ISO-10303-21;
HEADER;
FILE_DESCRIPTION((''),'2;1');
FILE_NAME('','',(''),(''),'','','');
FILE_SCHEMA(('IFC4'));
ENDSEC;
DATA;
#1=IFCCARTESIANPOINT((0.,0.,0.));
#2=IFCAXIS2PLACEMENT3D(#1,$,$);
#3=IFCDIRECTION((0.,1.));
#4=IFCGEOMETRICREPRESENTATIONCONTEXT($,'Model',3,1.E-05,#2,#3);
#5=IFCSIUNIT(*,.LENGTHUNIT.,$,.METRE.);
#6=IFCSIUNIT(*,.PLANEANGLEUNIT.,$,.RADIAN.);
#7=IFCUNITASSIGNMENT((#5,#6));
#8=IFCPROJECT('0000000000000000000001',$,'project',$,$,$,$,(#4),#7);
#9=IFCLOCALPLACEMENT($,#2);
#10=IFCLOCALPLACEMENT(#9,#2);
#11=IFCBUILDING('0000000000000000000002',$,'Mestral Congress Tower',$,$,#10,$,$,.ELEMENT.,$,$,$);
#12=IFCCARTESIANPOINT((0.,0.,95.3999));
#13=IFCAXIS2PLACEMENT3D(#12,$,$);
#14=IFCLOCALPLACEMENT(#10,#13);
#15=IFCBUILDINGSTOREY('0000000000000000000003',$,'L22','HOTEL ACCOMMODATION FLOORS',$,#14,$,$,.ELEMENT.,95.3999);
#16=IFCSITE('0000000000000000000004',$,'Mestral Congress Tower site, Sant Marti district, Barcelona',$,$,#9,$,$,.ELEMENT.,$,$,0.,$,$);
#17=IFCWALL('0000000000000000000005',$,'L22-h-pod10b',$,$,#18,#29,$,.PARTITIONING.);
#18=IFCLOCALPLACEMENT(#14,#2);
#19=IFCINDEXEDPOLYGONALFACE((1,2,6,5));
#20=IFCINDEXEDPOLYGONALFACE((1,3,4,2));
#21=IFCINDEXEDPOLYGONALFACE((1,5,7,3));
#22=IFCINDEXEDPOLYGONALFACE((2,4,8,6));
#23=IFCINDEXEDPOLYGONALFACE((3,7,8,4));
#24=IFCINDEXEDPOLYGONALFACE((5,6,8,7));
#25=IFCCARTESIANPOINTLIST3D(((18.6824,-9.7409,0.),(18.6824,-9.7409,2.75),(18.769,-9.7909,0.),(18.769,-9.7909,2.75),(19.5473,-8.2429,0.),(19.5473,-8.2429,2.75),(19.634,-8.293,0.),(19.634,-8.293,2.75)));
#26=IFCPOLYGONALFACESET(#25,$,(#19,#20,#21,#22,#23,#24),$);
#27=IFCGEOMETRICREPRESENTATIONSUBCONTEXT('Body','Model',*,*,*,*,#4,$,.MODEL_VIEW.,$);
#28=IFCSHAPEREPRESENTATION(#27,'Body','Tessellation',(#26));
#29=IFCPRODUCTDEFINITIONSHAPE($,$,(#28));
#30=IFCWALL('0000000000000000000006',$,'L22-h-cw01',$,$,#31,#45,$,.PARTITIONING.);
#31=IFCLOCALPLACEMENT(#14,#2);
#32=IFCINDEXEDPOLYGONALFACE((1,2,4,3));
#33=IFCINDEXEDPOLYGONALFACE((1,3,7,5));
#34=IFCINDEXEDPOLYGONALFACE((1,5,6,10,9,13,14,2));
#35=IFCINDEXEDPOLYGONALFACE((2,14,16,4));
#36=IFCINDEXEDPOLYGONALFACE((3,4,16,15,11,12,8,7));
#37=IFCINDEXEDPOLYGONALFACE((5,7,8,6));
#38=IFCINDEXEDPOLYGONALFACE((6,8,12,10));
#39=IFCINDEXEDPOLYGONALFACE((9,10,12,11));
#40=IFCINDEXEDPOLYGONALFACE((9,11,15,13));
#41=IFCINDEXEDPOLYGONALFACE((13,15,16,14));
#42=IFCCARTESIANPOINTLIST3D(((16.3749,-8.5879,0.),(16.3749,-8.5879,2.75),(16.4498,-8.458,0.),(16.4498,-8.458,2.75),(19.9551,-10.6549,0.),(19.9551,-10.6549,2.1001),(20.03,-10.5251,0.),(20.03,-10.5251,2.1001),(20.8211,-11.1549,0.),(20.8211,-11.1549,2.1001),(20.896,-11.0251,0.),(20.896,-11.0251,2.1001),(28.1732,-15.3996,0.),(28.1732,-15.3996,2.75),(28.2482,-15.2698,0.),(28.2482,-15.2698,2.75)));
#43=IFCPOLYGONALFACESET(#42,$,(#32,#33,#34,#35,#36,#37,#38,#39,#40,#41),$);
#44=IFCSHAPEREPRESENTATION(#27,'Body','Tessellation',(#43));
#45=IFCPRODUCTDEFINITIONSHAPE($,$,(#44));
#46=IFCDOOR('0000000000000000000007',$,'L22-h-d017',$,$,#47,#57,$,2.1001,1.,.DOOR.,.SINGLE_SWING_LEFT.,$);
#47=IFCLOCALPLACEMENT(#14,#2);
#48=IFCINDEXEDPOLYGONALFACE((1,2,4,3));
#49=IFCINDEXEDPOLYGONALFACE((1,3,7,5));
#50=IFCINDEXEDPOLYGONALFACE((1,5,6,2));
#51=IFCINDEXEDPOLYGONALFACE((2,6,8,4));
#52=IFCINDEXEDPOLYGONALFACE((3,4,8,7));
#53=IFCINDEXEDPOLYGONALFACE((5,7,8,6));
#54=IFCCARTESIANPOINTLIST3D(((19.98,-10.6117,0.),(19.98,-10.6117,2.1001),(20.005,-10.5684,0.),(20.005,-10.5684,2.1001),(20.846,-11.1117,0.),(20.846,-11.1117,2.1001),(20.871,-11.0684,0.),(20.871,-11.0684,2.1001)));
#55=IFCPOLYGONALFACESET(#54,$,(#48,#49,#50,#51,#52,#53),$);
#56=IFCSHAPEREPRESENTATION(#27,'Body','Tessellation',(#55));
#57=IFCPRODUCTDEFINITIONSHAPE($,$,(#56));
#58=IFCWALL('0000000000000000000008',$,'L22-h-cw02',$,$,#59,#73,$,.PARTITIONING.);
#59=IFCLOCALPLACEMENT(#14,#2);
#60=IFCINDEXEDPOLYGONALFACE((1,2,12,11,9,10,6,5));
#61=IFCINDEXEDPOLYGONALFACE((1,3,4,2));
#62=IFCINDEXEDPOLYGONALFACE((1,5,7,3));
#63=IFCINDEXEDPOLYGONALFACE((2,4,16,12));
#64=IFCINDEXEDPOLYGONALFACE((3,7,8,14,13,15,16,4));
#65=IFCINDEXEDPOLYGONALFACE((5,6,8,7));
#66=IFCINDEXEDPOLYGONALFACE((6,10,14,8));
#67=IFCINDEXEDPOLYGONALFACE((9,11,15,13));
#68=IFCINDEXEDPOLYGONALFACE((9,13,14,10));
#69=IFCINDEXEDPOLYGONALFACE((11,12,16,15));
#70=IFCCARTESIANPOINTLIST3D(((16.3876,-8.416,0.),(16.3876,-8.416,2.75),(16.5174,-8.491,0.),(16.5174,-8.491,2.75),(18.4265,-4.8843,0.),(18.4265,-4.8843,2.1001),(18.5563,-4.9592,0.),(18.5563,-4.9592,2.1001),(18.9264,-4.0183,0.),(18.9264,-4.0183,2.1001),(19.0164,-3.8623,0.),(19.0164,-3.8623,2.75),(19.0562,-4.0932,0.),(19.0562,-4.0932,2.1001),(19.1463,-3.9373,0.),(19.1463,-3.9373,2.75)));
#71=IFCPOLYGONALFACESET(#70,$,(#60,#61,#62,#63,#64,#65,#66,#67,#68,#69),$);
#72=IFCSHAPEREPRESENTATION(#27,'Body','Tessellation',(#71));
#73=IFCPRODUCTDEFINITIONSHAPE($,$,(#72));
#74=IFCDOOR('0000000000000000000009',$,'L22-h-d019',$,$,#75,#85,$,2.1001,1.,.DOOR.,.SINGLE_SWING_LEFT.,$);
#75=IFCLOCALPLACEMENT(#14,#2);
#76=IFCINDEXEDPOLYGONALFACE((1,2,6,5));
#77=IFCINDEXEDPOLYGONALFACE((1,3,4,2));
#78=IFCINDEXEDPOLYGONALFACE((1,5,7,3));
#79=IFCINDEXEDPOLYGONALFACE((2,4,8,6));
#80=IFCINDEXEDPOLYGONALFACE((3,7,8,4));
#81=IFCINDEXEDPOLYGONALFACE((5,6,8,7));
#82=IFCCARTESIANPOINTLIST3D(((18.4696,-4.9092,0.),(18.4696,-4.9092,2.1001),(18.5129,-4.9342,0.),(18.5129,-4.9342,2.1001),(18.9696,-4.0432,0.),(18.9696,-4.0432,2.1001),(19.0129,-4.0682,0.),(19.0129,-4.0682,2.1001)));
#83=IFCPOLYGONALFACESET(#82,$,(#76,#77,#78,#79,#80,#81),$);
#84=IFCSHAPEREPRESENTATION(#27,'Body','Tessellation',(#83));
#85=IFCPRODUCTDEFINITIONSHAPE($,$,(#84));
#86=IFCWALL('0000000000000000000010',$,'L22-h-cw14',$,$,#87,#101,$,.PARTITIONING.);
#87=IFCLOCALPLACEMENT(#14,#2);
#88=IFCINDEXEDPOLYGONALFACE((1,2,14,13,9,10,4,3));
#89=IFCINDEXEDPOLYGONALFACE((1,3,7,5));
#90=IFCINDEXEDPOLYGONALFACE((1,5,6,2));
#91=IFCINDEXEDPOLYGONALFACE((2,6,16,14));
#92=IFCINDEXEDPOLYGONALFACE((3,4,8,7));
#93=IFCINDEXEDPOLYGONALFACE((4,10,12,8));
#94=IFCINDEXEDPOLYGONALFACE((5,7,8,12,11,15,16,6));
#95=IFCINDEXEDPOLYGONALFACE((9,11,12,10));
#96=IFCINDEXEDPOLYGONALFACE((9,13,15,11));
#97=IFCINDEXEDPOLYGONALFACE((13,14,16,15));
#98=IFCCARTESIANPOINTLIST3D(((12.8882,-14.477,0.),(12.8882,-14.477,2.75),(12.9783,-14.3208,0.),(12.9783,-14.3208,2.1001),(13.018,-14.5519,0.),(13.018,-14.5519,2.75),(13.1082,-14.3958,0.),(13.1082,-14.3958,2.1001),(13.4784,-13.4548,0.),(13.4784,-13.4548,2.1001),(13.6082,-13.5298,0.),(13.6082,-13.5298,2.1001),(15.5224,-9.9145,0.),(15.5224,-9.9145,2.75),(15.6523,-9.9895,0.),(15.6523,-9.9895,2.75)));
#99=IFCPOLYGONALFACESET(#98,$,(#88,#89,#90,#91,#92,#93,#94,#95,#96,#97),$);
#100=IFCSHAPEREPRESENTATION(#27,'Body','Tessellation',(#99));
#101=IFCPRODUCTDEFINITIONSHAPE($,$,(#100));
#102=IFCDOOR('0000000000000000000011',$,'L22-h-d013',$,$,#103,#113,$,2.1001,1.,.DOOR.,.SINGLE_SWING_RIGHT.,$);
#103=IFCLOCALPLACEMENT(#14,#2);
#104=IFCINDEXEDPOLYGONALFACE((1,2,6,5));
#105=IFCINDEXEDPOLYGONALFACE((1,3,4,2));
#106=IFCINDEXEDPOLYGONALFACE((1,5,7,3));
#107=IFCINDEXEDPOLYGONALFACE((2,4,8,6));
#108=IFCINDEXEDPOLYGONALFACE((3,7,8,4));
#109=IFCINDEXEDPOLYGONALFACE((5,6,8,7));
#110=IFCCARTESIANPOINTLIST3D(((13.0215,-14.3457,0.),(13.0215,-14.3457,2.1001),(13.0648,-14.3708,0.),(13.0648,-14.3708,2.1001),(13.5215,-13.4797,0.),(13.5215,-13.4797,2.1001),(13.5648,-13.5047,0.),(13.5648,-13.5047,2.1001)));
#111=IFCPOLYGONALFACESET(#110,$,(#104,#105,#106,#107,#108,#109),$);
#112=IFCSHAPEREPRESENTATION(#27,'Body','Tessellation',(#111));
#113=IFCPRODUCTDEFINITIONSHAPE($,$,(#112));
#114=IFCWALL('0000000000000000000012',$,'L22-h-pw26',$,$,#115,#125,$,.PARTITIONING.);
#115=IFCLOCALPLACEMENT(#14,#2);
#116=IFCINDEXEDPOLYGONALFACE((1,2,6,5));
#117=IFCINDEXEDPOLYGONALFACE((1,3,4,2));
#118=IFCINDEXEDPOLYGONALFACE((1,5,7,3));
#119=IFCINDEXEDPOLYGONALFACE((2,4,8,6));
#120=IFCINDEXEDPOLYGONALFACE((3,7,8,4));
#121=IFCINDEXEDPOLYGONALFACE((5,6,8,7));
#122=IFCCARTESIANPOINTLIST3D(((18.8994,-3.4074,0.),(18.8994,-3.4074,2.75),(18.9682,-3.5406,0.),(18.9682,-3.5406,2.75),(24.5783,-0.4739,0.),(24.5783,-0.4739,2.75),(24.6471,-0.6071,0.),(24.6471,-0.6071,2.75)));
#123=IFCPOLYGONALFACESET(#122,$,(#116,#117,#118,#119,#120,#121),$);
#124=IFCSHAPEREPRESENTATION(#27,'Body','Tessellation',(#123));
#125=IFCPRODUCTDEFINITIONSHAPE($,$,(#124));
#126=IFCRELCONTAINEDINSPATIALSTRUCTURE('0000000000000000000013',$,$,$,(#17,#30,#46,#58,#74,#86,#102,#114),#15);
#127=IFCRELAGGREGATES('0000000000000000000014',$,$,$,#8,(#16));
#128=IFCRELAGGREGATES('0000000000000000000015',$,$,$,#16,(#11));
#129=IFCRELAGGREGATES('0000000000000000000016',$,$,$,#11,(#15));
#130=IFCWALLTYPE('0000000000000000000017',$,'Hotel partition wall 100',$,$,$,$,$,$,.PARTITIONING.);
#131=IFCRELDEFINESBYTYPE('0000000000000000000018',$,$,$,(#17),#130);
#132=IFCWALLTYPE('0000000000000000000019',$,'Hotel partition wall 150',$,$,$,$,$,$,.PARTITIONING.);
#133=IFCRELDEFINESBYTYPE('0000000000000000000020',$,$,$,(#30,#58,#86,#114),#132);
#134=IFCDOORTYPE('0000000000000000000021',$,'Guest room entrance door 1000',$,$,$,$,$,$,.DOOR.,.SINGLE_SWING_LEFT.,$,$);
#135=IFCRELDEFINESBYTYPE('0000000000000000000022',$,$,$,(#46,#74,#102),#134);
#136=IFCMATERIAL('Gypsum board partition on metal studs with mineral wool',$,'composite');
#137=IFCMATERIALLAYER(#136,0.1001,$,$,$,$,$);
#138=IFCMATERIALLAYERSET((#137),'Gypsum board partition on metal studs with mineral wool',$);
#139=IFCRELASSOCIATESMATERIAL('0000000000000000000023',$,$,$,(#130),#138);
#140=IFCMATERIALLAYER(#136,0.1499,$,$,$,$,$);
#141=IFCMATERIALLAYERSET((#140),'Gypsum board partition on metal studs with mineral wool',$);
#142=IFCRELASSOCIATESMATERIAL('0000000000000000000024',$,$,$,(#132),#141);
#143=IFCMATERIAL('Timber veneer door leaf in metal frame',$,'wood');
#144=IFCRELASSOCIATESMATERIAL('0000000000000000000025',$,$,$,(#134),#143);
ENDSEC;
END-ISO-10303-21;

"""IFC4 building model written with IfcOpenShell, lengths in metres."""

from ifc_helpers import new_model, si_unit, direction, frame, frame_2d, origin, place, context, subcontext, project, spatial, rectangle, extrude, material, layer, layer_set, type_object, element, fill, save


model = new_model("IFC4")

# Units and contexts
model_context = context("Model", 3, precision=1e-05, world=origin(), true_north=direction((0.0, 1.0)))
body_context = subcontext(model_context, "Body", "Model", "MODEL_VIEW")
ifc_project = project(units=[si_unit("LENGTHUNIT", "METRE"), si_unit("PLANEANGLEUNIT", "RADIAN")], contexts=[model_context])

# Site, building, storey
site_placement = place(None, origin())
site = spatial("IfcSite", under=ifc_project, at=site_placement, Name="Mestral Congress Tower site, Sant Marti district, Barcelona", CompositionType="ELEMENT", RefElevation=0.0)
building_placement = place(site_placement, origin())
building = spatial("IfcBuilding", under=site, at=building_placement, Name="Mestral Congress Tower", CompositionType="ELEMENT")
storey_placement = place(building_placement, frame((0.0, 0.0, 95.3999)))
storey = spatial("IfcBuildingStorey", under=building, at=storey_placement, Name="L22", Description="HOTEL ACCOMMODATION FLOORS", CompositionType="ELEMENT", Elevation=95.3999)

# Shared definitions
ifc_material_1 = material(Name="Gypsum board partition on metal studs with mineral wool", Category="composite")
ifc_layer_1 = layer(ifc_material_1, 0.1001)
ifc_layer_set_1 = layer_set([ifc_layer_1], Name="Gypsum board partition on metal studs with mineral wool")
wall_type_1 = type_object("IfcWallType", Name="Hotel partition wall 100", PredefinedType="PARTITIONING", material=ifc_layer_set_1)

# Wall
wall_1_placement = place(storey_placement, frame((19.5906, -8.2681, 0.0), z_axis=(0.0, 0.0, 1.0), x_axis=(-0.50004, -0.866002, 0.0)))
element("IfcWall", 1, at=wall_1_placement, inside=storey, type_object=wall_type_1, Name="L22-h-pod10b", PredefinedType="PARTITIONING", context=body_context, shape_type="SweptSolid", body=[
    extrude(rectangle(XDim=1.7297, YDim=0.1001, at=frame_2d((0.8647, 0.0))), origin(), (0.0, 0.0, 1.0), 2.75),
])

# Walls, openings, doors
ifc_layer_2 = layer(ifc_material_1, 0.1499)
ifc_layer_set_2 = layer_set([ifc_layer_2], Name="Gypsum board partition on metal studs with mineral wool")
wall_type_2 = type_object("IfcWallType", Name="Hotel partition wall 150", PredefinedType="PARTITIONING", material=ifc_layer_set_2)
wall_2_placement = place(storey_placement, frame((16.4124, -8.5229, 0.0), z_axis=(0.0, 0.0, 1.0), x_axis=(0.866026, -0.5, 0.0)))
wall_2 = element("IfcWall", 2, at=wall_2_placement, inside=storey, type_object=wall_type_2, Name="L22-h-cw01", PredefinedType="PARTITIONING", context=body_context, shape_type="SweptSolid", body=[
    extrude(rectangle(XDim=13.6235, YDim=0.1499, at=frame_2d((6.8118, 0.0))), origin(), (0.0, 0.0, 1.0), 2.75),
])
opening_1_placement = place(wall_2_placement, frame((4.134, 0.0, 0.0)))
opening_1 = element("IfcOpeningElement", 3, at=opening_1_placement, cuts=wall_2, PredefinedType="OPENING", context=body_context, shape_type="SweptSolid", body=[
    extrude(rectangle(XDim=1.0, YDim=2.1001, at=frame_2d((0.5, 1.05))), frame((0.0, 0.085, 0.0), z_axis=(0.0, -1.0, 0.0), x_axis=(1.0, 0.0, 0.0)), (0.0, 0.0, 1.0), 0.1699),
])
ifc_material_2 = material(Name="Timber veneer door leaf in metal frame", Category="wood")
door_type_1 = type_object("IfcDoorType", Name="Guest room entrance door 1000", OperationType="SINGLE_SWING_LEFT", PredefinedType="DOOR", material=ifc_material_2)
door_1_placement = place(opening_1_placement, origin())
door_1 = element("IfcDoor", 4, at=door_1_placement, inside=storey, type_object=door_type_1, Name="L22-h-d017", OperationType="SINGLE_SWING_LEFT", OverallHeight=2.1001, OverallWidth=1.0, PredefinedType="DOOR", context=body_context, shape_type="SweptSolid", body=[
    extrude(rectangle(XDim=1.0, YDim=2.1001, at=frame_2d((0.5, 1.05))), frame((0.0, 0.0249, 0.0), z_axis=(0.0, -1.0, 0.0), x_axis=(1.0, 0.0, 0.0)), (0.0, 0.0, 1.0), 0.05),
])
fill(opening_1, door_1)
wall_3_placement = place(storey_placement, frame((19.0813, -3.8999, 0.0), z_axis=(0.0, 0.0, 1.0), x_axis=(-0.499974, -0.86604, 0.0)))
wall_3 = element("IfcWall", 5, at=wall_3_placement, inside=storey, type_object=wall_type_2, Name="L22-h-cw02", PredefinedType="PARTITIONING", context=body_context, shape_type="SweptSolid", body=[
    extrude(rectangle(XDim=5.2581, YDim=0.1499, at=frame_2d((2.6289, 0.0))), origin(), (0.0, 0.0, 1.0), 2.75),
])
opening_2_placement = place(wall_3_placement, frame((0.1799, 0.0, 0.0)))
opening_2 = element("IfcOpeningElement", 6, at=opening_2_placement, cuts=wall_3, PredefinedType="OPENING", context=body_context, shape_type="SweptSolid", body=[
    extrude(rectangle(XDim=1.0, YDim=2.1001, at=frame_2d((0.5, 1.05))), frame((0.0, 0.085, 0.0), z_axis=(0.0, -1.0, 0.0), x_axis=(1.0, 0.0, 0.0)), (0.0, 0.0, 1.0), 0.1699),
])
door_2_placement = place(opening_2_placement, origin())
door_2 = element("IfcDoor", 7, at=door_2_placement, inside=storey, type_object=door_type_1, Name="L22-h-d019", OperationType="SINGLE_SWING_LEFT", OverallHeight=2.1001, OverallWidth=1.0, PredefinedType="DOOR", context=body_context, shape_type="SweptSolid", body=[
    extrude(rectangle(XDim=1.0, YDim=2.1001, at=frame_2d((0.5, 1.05))), frame((0.0, 0.0249, 0.0), z_axis=(0.0, -1.0, 0.0), x_axis=(1.0, 0.0, 0.0)), (0.0, 0.0, 1.0), 0.05),
])
fill(opening_2, door_2)
wall_4_placement = place(storey_placement, frame((15.5874, -9.9519, 0.0), z_axis=(0.0, 0.0, 1.0), x_axis=(-0.500017, -0.866016, 0.0)))
wall_4 = element("IfcWall", 8, at=wall_4_placement, inside=storey, type_object=wall_type_2, Name="L22-h-cw14", PredefinedType="PARTITIONING", context=body_context, shape_type="SweptSolid", body=[
    extrude(rectangle(XDim=5.2683, YDim=0.1499, at=frame_2d((2.6343, 0.0))), origin(), (0.0, 0.0, 1.0), 2.75),
])
opening_3_placement = place(wall_4_placement, frame((4.0881, 0.0, 0.0)))
opening_3 = element("IfcOpeningElement", 9, at=opening_3_placement, cuts=wall_4, PredefinedType="OPENING", context=body_context, shape_type="SweptSolid", body=[
    extrude(rectangle(XDim=1.0, YDim=2.1001, at=frame_2d((0.5, 1.05))), frame((0.0, 0.085, 0.0), z_axis=(0.0, -1.0, 0.0), x_axis=(1.0, 0.0, 0.0)), (0.0, 0.0, 1.0), 0.1699),
])
door_3_placement = place(opening_3_placement, origin())
door_3 = element("IfcDoor", 10, at=door_3_placement, inside=storey, type_object=door_type_1, Name="L22-h-d013", OperationType="SINGLE_SWING_RIGHT", OverallHeight=2.1001, OverallWidth=1.0, PredefinedType="DOOR", context=body_context, shape_type="SweptSolid", body=[
    extrude(rectangle(XDim=1.0, YDim=2.1001, at=frame_2d((0.5, 1.05))), frame((0.0, 0.0249, 0.0), z_axis=(0.0, -1.0, 0.0), x_axis=(1.0, 0.0, 0.0)), (0.0, 0.0, 1.0), 0.05),
])
fill(opening_3, door_3)

# Wall
wall_5_placement = place(storey_placement, frame((24.6125, -0.5405, 0.0), z_axis=(0.0, 0.0, 1.0), x_axis=(-0.88846, -0.458954, 0.0)))
element("IfcWall", 11, at=wall_5_placement, inside=storey, type_object=wall_type_2, Name="L22-h-pw26", PredefinedType="PARTITIONING", context=body_context, shape_type="SweptSolid", body=[
    extrude(rectangle(XDim=6.3918, YDim=0.1499, at=frame_2d((3.1958, 0.0))), origin(), (0.0, 0.0, 1.0), 2.75),
])

save(model, "model.ifc")
